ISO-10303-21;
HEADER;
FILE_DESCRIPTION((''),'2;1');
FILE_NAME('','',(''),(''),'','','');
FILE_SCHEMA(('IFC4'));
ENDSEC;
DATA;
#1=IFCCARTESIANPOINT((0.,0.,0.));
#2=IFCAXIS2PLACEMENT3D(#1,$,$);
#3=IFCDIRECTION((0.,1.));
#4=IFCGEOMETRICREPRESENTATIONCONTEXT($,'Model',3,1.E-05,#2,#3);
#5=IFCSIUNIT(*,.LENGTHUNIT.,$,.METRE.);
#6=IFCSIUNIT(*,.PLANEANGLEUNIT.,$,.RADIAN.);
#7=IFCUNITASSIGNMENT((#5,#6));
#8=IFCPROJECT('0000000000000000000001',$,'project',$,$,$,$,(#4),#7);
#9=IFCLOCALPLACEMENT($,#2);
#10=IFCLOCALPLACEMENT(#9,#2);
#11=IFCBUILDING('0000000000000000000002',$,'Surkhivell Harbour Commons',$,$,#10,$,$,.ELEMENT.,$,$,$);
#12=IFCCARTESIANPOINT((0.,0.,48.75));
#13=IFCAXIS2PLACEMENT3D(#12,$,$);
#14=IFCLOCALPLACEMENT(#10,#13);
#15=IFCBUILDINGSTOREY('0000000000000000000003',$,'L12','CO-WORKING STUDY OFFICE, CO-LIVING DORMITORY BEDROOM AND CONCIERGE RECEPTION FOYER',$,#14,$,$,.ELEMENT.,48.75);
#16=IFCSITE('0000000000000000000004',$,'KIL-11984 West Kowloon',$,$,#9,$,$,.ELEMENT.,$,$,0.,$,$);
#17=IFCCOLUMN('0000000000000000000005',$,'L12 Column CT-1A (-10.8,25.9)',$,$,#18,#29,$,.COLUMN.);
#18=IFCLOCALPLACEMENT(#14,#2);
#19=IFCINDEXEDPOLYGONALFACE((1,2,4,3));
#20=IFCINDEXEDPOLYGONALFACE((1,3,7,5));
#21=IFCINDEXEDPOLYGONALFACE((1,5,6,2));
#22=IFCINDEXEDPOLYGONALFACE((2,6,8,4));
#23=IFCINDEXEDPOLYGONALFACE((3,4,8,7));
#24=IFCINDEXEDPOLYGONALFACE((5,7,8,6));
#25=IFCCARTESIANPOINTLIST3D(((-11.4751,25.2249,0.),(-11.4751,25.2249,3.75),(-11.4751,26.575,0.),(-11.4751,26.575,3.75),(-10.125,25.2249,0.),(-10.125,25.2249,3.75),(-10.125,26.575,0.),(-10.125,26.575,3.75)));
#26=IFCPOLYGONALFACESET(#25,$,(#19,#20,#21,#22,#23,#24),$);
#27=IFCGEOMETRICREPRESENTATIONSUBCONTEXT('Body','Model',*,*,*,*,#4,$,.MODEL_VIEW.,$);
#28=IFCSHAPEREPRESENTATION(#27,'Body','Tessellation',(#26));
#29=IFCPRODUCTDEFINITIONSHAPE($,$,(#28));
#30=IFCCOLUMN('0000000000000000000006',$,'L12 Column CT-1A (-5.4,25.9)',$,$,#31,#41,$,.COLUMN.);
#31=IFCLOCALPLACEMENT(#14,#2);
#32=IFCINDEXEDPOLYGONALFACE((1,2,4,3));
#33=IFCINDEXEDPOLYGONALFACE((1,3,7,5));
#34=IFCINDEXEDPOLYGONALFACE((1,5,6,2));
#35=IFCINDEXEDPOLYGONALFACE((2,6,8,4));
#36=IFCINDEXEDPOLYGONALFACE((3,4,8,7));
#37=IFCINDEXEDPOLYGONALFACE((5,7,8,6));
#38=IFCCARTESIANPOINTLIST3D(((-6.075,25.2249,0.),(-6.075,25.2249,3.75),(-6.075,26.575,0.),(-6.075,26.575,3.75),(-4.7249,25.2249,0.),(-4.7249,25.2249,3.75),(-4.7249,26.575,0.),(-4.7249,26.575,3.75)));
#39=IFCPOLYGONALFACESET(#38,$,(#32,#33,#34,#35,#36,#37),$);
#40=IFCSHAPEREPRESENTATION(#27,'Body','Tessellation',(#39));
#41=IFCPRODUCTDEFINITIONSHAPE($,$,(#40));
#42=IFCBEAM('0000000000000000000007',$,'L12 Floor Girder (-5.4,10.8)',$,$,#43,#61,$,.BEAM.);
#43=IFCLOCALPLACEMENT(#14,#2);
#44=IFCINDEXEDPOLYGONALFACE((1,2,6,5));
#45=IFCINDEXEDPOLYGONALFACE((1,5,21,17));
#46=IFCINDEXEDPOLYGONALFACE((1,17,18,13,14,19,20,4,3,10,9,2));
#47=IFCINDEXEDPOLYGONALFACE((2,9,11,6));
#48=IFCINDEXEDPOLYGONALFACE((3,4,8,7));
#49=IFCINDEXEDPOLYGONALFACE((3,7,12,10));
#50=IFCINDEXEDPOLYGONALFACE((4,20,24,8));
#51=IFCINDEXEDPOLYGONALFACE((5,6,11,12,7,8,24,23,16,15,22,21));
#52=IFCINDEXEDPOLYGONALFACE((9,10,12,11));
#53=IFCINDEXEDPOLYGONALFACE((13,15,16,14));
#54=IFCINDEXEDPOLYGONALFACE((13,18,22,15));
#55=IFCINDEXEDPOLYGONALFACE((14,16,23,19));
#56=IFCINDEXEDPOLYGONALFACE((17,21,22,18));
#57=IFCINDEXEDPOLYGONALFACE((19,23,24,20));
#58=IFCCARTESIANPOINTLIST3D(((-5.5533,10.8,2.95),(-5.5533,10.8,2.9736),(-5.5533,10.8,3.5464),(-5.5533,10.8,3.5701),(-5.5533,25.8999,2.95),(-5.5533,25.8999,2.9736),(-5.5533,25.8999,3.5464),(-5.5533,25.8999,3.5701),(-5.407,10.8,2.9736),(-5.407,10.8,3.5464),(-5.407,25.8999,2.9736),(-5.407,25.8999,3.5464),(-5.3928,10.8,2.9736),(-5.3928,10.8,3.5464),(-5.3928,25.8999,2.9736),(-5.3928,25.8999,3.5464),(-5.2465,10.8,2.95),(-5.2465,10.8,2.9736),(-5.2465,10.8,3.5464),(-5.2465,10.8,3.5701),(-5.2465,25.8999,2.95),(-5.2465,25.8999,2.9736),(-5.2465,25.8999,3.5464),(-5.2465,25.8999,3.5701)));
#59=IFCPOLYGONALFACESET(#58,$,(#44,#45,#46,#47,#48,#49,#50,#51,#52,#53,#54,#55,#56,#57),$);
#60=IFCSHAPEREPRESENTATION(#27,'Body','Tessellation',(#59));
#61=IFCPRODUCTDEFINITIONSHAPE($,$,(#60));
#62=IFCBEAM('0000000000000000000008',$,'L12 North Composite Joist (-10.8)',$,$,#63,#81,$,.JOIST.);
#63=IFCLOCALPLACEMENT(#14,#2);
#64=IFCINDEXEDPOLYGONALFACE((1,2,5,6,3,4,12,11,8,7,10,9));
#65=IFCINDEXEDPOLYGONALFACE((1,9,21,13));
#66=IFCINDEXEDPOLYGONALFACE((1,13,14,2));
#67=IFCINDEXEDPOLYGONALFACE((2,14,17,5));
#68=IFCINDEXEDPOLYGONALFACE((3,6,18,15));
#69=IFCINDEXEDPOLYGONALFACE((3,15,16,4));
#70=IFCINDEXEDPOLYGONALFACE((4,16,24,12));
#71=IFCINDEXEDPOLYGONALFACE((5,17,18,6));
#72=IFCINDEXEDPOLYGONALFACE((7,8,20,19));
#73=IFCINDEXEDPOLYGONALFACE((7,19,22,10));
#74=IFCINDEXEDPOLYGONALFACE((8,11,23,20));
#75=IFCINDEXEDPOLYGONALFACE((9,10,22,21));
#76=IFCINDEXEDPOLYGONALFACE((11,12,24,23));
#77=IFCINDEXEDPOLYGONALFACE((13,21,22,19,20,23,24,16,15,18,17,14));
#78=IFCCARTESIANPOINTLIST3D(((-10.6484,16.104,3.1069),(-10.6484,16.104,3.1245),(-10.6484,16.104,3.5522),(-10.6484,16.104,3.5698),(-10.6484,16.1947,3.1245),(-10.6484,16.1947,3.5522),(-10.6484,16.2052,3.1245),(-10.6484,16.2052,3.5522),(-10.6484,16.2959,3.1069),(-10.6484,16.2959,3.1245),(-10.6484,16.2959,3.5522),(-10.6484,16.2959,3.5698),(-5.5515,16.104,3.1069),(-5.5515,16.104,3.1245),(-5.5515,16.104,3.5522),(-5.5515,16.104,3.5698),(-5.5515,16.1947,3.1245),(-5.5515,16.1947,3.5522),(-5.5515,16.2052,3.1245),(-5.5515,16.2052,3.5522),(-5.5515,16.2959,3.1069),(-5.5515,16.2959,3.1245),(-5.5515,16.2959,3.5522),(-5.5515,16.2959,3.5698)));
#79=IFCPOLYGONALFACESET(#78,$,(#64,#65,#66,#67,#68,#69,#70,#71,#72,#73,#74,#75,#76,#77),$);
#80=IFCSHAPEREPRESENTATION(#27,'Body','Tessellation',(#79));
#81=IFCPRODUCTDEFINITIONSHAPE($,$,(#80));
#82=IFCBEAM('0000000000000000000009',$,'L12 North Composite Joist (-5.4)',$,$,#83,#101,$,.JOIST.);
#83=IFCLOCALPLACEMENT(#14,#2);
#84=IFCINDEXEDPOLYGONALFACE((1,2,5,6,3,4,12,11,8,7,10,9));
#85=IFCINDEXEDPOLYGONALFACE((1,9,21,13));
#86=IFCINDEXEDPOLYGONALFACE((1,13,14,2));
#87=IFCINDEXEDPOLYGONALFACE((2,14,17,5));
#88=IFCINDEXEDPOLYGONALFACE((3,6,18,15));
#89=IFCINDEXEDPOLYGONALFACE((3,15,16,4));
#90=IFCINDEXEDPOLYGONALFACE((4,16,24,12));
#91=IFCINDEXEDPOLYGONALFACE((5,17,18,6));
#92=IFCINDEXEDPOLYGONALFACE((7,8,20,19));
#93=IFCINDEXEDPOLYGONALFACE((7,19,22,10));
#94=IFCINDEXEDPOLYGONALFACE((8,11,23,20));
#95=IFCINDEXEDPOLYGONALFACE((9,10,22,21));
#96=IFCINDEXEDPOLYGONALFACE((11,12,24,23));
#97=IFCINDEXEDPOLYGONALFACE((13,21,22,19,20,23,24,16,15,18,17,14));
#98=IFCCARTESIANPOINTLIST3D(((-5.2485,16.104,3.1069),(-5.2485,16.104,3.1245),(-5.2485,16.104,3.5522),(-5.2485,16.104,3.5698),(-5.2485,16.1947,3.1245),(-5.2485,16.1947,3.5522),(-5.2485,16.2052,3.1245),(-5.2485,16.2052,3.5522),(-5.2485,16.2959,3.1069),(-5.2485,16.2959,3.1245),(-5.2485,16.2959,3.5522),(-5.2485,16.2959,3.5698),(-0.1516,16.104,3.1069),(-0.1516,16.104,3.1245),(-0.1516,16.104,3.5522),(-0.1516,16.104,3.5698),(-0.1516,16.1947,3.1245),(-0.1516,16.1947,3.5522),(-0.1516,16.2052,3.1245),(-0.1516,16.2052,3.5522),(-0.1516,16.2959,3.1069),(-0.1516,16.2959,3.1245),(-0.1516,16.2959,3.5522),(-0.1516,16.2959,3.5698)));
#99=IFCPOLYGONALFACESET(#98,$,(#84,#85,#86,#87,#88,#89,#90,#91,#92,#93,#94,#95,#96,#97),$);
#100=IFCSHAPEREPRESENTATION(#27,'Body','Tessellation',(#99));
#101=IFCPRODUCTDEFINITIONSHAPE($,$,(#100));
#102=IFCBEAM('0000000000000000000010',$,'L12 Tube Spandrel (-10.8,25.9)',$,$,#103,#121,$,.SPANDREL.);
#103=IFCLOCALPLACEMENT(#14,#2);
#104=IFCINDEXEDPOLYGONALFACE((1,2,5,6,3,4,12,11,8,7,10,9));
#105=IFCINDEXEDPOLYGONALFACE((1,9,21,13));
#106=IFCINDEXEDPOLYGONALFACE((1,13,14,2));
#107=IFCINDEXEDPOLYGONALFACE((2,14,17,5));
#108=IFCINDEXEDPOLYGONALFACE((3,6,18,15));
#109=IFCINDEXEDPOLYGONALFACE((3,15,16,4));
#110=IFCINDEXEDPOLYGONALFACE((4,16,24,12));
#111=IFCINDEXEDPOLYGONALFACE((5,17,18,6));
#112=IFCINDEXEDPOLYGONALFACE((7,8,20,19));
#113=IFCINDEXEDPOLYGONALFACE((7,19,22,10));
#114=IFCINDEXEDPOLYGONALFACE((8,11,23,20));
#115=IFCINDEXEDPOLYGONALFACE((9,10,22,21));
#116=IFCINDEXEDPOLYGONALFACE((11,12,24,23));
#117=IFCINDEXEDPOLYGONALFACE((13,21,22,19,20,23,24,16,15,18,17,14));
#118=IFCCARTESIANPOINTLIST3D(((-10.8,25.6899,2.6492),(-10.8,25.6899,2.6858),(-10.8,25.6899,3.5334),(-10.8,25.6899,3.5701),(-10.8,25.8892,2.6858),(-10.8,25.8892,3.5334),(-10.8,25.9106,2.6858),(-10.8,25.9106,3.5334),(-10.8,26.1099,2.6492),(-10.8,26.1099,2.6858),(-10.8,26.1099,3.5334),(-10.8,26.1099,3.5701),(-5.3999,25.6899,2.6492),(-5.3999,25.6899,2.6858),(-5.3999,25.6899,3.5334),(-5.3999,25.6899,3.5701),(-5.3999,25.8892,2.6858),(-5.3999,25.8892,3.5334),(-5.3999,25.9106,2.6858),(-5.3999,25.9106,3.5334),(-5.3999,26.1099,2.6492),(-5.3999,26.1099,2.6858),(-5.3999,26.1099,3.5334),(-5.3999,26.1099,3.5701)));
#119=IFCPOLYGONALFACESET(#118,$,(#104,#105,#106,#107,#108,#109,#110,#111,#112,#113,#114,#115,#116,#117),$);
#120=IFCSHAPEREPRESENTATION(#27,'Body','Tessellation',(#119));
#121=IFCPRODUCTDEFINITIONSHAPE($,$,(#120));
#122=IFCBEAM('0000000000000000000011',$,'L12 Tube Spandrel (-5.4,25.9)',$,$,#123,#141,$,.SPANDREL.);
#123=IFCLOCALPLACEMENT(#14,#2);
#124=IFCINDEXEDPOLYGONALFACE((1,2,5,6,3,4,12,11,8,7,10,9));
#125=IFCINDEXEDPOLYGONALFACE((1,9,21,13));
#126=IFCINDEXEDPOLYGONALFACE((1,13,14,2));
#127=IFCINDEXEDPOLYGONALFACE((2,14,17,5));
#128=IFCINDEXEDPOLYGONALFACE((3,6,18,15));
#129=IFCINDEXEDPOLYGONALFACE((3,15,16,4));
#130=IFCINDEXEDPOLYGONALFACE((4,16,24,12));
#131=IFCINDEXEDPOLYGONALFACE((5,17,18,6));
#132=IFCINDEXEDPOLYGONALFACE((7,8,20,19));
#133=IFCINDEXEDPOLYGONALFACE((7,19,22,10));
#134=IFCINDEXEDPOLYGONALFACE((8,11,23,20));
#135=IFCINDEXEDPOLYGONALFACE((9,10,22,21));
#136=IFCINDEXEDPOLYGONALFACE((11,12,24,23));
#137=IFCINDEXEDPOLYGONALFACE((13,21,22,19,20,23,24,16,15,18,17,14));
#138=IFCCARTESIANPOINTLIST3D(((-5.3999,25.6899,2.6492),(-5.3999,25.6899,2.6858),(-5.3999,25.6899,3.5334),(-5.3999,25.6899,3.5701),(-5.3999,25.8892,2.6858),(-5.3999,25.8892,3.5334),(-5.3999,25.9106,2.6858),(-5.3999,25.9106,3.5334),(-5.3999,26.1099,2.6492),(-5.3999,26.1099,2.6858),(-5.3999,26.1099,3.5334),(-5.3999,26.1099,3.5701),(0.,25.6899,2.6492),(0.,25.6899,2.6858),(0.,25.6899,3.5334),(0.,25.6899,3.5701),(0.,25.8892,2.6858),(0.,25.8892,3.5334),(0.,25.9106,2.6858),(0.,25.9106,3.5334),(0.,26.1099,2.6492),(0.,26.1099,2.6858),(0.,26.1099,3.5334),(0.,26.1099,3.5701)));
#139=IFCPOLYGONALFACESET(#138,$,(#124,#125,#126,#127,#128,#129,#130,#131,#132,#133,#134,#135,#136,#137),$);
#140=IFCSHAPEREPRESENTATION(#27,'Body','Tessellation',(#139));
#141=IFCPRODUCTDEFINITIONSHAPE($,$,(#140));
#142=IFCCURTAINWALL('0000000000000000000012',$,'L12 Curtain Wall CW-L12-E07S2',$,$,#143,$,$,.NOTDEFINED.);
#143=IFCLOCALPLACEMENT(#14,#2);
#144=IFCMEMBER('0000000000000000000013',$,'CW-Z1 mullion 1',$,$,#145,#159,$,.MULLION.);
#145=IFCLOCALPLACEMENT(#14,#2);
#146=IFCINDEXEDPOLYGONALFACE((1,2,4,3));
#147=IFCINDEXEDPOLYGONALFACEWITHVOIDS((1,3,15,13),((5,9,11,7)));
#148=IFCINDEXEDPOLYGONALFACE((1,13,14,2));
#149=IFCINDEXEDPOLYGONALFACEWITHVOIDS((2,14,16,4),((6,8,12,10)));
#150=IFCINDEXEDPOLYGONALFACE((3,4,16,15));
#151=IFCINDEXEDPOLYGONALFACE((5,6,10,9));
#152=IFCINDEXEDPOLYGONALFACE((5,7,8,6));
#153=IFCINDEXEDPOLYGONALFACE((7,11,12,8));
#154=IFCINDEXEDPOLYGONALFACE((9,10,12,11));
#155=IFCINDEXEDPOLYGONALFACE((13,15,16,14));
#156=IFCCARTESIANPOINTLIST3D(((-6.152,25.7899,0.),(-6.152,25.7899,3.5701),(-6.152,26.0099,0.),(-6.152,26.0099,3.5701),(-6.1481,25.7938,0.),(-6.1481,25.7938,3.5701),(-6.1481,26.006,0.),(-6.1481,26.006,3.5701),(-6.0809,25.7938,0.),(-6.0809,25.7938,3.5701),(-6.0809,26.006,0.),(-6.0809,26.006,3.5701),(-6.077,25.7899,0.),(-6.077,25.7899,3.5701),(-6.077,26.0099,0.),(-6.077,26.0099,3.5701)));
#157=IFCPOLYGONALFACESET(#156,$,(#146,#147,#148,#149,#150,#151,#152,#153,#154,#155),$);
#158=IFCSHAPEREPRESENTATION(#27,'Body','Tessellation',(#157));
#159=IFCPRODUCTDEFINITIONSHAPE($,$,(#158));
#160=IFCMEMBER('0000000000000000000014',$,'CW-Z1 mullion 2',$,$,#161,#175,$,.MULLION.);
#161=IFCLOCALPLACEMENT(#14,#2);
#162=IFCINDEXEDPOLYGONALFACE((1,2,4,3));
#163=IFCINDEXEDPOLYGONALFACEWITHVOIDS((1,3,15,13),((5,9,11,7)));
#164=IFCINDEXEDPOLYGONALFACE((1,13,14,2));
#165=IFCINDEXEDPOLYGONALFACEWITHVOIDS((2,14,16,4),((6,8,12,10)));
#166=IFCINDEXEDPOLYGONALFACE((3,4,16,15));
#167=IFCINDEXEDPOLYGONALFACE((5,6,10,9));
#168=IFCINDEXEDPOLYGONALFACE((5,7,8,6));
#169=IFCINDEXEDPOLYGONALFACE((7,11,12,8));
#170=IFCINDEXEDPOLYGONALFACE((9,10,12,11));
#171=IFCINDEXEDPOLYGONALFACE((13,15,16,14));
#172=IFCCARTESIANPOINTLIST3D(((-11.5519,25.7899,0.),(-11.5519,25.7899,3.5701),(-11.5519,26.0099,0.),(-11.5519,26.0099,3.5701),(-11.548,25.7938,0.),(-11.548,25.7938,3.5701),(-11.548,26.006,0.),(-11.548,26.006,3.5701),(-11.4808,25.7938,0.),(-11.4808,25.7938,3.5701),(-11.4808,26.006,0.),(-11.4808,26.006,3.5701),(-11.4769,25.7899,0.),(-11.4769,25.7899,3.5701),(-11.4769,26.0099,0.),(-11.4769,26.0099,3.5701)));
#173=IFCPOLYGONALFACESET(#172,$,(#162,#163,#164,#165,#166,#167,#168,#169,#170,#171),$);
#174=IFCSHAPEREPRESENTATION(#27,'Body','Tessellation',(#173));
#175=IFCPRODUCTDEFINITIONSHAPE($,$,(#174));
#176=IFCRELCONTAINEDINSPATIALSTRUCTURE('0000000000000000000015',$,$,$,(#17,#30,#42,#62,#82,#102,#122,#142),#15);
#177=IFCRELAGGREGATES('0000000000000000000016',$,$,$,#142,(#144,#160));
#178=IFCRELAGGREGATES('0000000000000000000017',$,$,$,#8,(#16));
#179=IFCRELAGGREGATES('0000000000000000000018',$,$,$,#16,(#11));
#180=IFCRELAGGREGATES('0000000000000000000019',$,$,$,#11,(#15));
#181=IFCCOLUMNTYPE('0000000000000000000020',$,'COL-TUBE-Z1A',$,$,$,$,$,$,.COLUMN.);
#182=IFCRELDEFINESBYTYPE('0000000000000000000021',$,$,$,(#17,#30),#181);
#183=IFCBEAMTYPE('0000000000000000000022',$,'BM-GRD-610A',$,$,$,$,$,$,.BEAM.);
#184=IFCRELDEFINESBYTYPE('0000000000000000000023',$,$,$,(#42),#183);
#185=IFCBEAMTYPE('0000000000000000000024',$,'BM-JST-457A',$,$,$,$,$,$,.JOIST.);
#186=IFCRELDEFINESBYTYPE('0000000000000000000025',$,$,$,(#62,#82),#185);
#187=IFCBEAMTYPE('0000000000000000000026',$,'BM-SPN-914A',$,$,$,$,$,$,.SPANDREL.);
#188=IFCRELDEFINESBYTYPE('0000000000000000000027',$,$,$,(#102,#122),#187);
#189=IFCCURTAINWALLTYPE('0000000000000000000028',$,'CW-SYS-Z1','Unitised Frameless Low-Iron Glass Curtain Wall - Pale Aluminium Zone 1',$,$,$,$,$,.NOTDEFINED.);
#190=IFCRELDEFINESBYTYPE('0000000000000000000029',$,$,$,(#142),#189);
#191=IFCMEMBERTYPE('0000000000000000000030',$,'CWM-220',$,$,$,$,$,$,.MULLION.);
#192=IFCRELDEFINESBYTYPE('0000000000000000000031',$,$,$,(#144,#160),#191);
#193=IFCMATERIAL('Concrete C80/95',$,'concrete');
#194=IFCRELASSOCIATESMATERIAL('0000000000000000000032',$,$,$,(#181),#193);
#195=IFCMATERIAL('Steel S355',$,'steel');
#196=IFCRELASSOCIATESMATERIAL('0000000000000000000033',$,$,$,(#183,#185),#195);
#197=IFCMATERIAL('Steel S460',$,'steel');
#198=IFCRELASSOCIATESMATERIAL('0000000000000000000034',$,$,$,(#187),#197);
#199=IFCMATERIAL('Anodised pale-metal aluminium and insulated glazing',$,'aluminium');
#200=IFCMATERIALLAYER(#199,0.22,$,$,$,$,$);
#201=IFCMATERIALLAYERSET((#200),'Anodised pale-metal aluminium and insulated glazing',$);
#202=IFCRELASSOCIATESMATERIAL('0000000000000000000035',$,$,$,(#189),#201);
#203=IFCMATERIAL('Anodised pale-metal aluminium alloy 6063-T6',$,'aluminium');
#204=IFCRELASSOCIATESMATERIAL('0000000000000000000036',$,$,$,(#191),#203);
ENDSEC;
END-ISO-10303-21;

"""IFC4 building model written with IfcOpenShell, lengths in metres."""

from ifc_helpers import new_model, si_unit, direction, frame, origin, origin_2d, place, context, subcontext, project, spatial, rectangle, hollow_rectangle, i_section, extrude, material, layer, layer_set, material_profile, profile_set, type_object, element, aggregate, save


model = new_model("IFC4")

# Units and contexts
model_context = context("Model", 3, precision=1e-05, world=origin(), true_north=direction((0.0, 1.0)))
body_context = subcontext(model_context, "Body", "Model", "MODEL_VIEW")
ifc_project = project(units=[si_unit("LENGTHUNIT", "METRE"), si_unit("PLANEANGLEUNIT", "RADIAN")], contexts=[model_context])

# Site, building, storey
site_placement = place(None, origin())
site = spatial("IfcSite", under=ifc_project, at=site_placement, Name="KIL-11984 West Kowloon", CompositionType="ELEMENT", RefElevation=0.0)
building_placement = place(site_placement, origin())
building = spatial("IfcBuilding", under=site, at=building_placement, Name="Surkhivell Harbour Commons", CompositionType="ELEMENT")
storey_placement = place(building_placement, frame((0.0, 0.0, 48.75)))
storey = spatial("IfcBuildingStorey", under=building, at=storey_placement, Name="L12", Description="CO-WORKING STUDY OFFICE, CO-LIVING DORMITORY BEDROOM AND CONCIERGE RECEPTION FOYER", CompositionType="ELEMENT", Elevation=48.75)

# Columns
ifc_material_1 = material(Name="Concrete C80/95", Category="concrete")
ifc_material_profile_1 = material_profile(ifc_material_1, rectangle(XDim=1.3501, YDim=1.3501, at=origin_2d()), Name="RC-COL-1350x1350")
ifc_profile_set_1 = profile_set([ifc_material_profile_1], Name="Concrete C80/95")
column_type = type_object("IfcColumnType", Name="COL-TUBE-Z1A", PredefinedType="COLUMN", material=ifc_profile_set_1)
for number, where, z_axis, x_axis, name in (
    (1, (-10.8, 25.8999, 0.0), (0.0, 0.0, 1.0), (1.0, 0.0, 0.0), "L12 Column CT-1A (-10.8,25.9)"),
    (2, (-5.3999, 25.8999, 0.0), (0.0, 0.0, 1.0), (1.0, 0.0, 0.0), "L12 Column CT-1A (-5.4,25.9)"),
):
    element("IfcColumn", number, at=place(storey_placement, frame(where, z_axis=z_axis, x_axis=x_axis)), inside=storey, type_object=column_type, Name=name, PredefinedType="COLUMN", context=body_context, shape_type="SweptSolid", body=[
        extrude(rectangle(XDim=1.3501, YDim=1.3501, at=origin_2d()), origin(), (0.0, 0.0, 1.0), 3.75),
    ])

# Beams
ifc_material_2 = material(Name="Steel S355", Category="steel")
ifc_material_profile_2 = material_profile(ifc_material_2, i_section(OverallWidth=0.3069, OverallDepth=0.6201, WebThickness=0.0142, FlangeThickness=0.0237, at=origin_2d()), Name="UB610x305x179")
ifc_profile_set_2 = profile_set([ifc_material_profile_2], Name="Steel S355")
beam_type_1 = type_object("IfcBeamType", Name="BM-GRD-610A", PredefinedType="BEAM", material=ifc_profile_set_2)
beam_1_placement = place(storey_placement, frame((-5.3999, 10.8, 3.26), z_axis=(0.0, 1.0, 0.0), x_axis=(-1.0, 0.0, 0.0)))
element("IfcBeam", 3, at=beam_1_placement, inside=storey, type_object=beam_type_1, Name="L12 Floor Girder (-5.4,10.8)", PredefinedType="BEAM", context=body_context, shape_type="SweptSolid", body=[
    extrude(i_section(OverallWidth=0.3069, OverallDepth=0.6201, WebThickness=0.0142, FlangeThickness=0.0237, at=origin_2d()), origin(), (0.0, 0.0, 1.0), 15.0999),
])
ifc_material_profile_3 = material_profile(ifc_material_2, i_section(OverallWidth=0.1919, OverallDepth=0.4629, WebThickness=0.0105, FlangeThickness=0.0176, at=origin_2d()), Name="UB457x191x89")
ifc_profile_set_3 = profile_set([ifc_material_profile_3], Name="Steel S355")
beam_type_2 = type_object("IfcBeamType", Name="BM-JST-457A", PredefinedType="JOIST", material=ifc_profile_set_3)
for number, where, z_axis, x_axis, name in (
    (4, (-10.6484, 16.2, 3.3384), (1.0, 0.0, 0.0), (0.0, 1.0, 0.0), "L12 North Composite Joist (-10.8)"),
    (5, (-5.2485, 16.2, 3.3384), (1.0, 0.0, 0.0), (0.0, 1.0, 0.0), "L12 North Composite Joist (-5.4)"),
):
    element("IfcBeam", number, at=place(storey_placement, frame(where, z_axis=z_axis, x_axis=x_axis)), inside=storey, type_object=beam_type_2, Name=name, PredefinedType="JOIST", context=body_context, shape_type="SweptSolid", body=[
        extrude(i_section(OverallWidth=0.1919, OverallDepth=0.4629, WebThickness=0.0105, FlangeThickness=0.0176, at=origin_2d()), origin(), (0.0, 0.0, 1.0), 5.0969),
    ])
ifc_material_3 = material(Name="Steel S460", Category="steel")
ifc_material_profile_4 = material_profile(ifc_material_3, i_section(OverallWidth=0.4199, OverallDepth=0.9209, WebThickness=0.0215, FlangeThickness=0.0366, at=origin_2d()), Name="UB914x419x388")
ifc_profile_set_4 = profile_set([ifc_material_profile_4], Name="Steel S460")
beam_type_3 = type_object("IfcBeamType", Name="BM-SPN-914A", PredefinedType="SPANDREL", material=ifc_profile_set_4)
beam_2_placement = place(storey_placement, frame((-10.8, 25.8999, 3.1096), z_axis=(1.0, 0.0, 0.0), x_axis=(0.0, 1.0, 0.0)))
element("IfcBeam", 6, at=beam_2_placement, inside=storey, type_object=beam_type_3, Name="L12 Tube Spandrel (-10.8,25.9)", PredefinedType="SPANDREL", context=body_context, shape_type="SweptSolid", body=[
    extrude(i_section(OverallWidth=0.4199, OverallDepth=0.9209, WebThickness=0.0215, FlangeThickness=0.0366, at=origin_2d()), origin(), (0.0, 0.0, 1.0), 5.4001),
])
beam_3_placement = place(storey_placement, frame((-5.3999, 25.8999, 3.1096), z_axis=(1.0, 0.0, 0.0), x_axis=(0.0, 1.0, 0.0)))
element("IfcBeam", 7, at=beam_3_placement, inside=storey, type_object=beam_type_3, Name="L12 Tube Spandrel (-5.4,25.9)", PredefinedType="SPANDREL", context=body_context, shape_type="SweptSolid", body=[
    extrude(i_section(OverallWidth=0.4199, OverallDepth=0.9209, WebThickness=0.0215, FlangeThickness=0.0366, at=origin_2d()), origin(), (0.0, 0.0, 1.0), 5.3999),
])

# Curtain wall, members
ifc_material_4 = material(Name="Anodised pale-metal aluminium and insulated glazing", Category="aluminium")
ifc_layer_1 = layer(ifc_material_4, 0.22)
ifc_layer_set_1 = layer_set([ifc_layer_1], Name="Anodised pale-metal aluminium and insulated glazing")
curtain_wall_type = type_object("IfcCurtainWallType", Name="CW-SYS-Z1", Description="Unitised Frameless Low-Iron Glass Curtain Wall - Pale Aluminium Zone 1", PredefinedType="NOTDEFINED", material=ifc_layer_set_1)
curtain_wall_placement = place(storey_placement, origin())
curtain_wall = element("IfcCurtainWall", 8, at=curtain_wall_placement, inside=storey, type_object=curtain_wall_type, Name="L12 Curtain Wall CW-L12-E07S2", PredefinedType="NOTDEFINED")
ifc_material_5 = material(Name="Anodised pale-metal aluminium alloy 6063-T6", Category="aluminium")
ifc_material_profile_5 = material_profile(ifc_material_5, hollow_rectangle(XDim=0.075, YDim=0.22, WallThickness=0.0039, at=origin_2d()), Name="ALU-MULL-75x220")
ifc_profile_set_5 = profile_set([ifc_material_profile_5], Name="Anodised pale-metal aluminium alloy 6063-T6")
member_type_1 = type_object("IfcMemberType", Name="CWM-220", PredefinedType="MULLION", material=ifc_profile_set_5)
member_1_placement = place(storey_placement, frame((-6.1145, 25.8999, 0.0), z_axis=(0.0, 0.0, 1.0), x_axis=(-1.0, 0.0, 0.0)))
member_1 = element("IfcMember", 9, at=member_1_placement, type_object=member_type_1, Name="CW-Z1 mullion 1", PredefinedType="MULLION", context=body_context, shape_type="SweptSolid", body=[
    extrude(hollow_rectangle(XDim=0.075, YDim=0.22, WallThickness=0.0039, at=origin_2d()), origin(), (0.0, 0.0, 1.0), 3.5701),
])
member_2_placement = place(storey_placement, frame((-11.5144, 25.8999, 0.0), z_axis=(0.0, 0.0, 1.0), x_axis=(-1.0, 0.0, 0.0)))
member_2 = element("IfcMember", 10, at=member_2_placement, type_object=member_type_1, Name="CW-Z1 mullion 2", PredefinedType="MULLION", context=body_context, shape_type="SweptSolid", body=[
    extrude(hollow_rectangle(XDim=0.075, YDim=0.22, WallThickness=0.0039, at=origin_2d()), origin(), (0.0, 0.0, 1.0), 3.5701),
])

aggregate(curtain_wall, [member_1, member_2])

save(model, "model.ifc")
